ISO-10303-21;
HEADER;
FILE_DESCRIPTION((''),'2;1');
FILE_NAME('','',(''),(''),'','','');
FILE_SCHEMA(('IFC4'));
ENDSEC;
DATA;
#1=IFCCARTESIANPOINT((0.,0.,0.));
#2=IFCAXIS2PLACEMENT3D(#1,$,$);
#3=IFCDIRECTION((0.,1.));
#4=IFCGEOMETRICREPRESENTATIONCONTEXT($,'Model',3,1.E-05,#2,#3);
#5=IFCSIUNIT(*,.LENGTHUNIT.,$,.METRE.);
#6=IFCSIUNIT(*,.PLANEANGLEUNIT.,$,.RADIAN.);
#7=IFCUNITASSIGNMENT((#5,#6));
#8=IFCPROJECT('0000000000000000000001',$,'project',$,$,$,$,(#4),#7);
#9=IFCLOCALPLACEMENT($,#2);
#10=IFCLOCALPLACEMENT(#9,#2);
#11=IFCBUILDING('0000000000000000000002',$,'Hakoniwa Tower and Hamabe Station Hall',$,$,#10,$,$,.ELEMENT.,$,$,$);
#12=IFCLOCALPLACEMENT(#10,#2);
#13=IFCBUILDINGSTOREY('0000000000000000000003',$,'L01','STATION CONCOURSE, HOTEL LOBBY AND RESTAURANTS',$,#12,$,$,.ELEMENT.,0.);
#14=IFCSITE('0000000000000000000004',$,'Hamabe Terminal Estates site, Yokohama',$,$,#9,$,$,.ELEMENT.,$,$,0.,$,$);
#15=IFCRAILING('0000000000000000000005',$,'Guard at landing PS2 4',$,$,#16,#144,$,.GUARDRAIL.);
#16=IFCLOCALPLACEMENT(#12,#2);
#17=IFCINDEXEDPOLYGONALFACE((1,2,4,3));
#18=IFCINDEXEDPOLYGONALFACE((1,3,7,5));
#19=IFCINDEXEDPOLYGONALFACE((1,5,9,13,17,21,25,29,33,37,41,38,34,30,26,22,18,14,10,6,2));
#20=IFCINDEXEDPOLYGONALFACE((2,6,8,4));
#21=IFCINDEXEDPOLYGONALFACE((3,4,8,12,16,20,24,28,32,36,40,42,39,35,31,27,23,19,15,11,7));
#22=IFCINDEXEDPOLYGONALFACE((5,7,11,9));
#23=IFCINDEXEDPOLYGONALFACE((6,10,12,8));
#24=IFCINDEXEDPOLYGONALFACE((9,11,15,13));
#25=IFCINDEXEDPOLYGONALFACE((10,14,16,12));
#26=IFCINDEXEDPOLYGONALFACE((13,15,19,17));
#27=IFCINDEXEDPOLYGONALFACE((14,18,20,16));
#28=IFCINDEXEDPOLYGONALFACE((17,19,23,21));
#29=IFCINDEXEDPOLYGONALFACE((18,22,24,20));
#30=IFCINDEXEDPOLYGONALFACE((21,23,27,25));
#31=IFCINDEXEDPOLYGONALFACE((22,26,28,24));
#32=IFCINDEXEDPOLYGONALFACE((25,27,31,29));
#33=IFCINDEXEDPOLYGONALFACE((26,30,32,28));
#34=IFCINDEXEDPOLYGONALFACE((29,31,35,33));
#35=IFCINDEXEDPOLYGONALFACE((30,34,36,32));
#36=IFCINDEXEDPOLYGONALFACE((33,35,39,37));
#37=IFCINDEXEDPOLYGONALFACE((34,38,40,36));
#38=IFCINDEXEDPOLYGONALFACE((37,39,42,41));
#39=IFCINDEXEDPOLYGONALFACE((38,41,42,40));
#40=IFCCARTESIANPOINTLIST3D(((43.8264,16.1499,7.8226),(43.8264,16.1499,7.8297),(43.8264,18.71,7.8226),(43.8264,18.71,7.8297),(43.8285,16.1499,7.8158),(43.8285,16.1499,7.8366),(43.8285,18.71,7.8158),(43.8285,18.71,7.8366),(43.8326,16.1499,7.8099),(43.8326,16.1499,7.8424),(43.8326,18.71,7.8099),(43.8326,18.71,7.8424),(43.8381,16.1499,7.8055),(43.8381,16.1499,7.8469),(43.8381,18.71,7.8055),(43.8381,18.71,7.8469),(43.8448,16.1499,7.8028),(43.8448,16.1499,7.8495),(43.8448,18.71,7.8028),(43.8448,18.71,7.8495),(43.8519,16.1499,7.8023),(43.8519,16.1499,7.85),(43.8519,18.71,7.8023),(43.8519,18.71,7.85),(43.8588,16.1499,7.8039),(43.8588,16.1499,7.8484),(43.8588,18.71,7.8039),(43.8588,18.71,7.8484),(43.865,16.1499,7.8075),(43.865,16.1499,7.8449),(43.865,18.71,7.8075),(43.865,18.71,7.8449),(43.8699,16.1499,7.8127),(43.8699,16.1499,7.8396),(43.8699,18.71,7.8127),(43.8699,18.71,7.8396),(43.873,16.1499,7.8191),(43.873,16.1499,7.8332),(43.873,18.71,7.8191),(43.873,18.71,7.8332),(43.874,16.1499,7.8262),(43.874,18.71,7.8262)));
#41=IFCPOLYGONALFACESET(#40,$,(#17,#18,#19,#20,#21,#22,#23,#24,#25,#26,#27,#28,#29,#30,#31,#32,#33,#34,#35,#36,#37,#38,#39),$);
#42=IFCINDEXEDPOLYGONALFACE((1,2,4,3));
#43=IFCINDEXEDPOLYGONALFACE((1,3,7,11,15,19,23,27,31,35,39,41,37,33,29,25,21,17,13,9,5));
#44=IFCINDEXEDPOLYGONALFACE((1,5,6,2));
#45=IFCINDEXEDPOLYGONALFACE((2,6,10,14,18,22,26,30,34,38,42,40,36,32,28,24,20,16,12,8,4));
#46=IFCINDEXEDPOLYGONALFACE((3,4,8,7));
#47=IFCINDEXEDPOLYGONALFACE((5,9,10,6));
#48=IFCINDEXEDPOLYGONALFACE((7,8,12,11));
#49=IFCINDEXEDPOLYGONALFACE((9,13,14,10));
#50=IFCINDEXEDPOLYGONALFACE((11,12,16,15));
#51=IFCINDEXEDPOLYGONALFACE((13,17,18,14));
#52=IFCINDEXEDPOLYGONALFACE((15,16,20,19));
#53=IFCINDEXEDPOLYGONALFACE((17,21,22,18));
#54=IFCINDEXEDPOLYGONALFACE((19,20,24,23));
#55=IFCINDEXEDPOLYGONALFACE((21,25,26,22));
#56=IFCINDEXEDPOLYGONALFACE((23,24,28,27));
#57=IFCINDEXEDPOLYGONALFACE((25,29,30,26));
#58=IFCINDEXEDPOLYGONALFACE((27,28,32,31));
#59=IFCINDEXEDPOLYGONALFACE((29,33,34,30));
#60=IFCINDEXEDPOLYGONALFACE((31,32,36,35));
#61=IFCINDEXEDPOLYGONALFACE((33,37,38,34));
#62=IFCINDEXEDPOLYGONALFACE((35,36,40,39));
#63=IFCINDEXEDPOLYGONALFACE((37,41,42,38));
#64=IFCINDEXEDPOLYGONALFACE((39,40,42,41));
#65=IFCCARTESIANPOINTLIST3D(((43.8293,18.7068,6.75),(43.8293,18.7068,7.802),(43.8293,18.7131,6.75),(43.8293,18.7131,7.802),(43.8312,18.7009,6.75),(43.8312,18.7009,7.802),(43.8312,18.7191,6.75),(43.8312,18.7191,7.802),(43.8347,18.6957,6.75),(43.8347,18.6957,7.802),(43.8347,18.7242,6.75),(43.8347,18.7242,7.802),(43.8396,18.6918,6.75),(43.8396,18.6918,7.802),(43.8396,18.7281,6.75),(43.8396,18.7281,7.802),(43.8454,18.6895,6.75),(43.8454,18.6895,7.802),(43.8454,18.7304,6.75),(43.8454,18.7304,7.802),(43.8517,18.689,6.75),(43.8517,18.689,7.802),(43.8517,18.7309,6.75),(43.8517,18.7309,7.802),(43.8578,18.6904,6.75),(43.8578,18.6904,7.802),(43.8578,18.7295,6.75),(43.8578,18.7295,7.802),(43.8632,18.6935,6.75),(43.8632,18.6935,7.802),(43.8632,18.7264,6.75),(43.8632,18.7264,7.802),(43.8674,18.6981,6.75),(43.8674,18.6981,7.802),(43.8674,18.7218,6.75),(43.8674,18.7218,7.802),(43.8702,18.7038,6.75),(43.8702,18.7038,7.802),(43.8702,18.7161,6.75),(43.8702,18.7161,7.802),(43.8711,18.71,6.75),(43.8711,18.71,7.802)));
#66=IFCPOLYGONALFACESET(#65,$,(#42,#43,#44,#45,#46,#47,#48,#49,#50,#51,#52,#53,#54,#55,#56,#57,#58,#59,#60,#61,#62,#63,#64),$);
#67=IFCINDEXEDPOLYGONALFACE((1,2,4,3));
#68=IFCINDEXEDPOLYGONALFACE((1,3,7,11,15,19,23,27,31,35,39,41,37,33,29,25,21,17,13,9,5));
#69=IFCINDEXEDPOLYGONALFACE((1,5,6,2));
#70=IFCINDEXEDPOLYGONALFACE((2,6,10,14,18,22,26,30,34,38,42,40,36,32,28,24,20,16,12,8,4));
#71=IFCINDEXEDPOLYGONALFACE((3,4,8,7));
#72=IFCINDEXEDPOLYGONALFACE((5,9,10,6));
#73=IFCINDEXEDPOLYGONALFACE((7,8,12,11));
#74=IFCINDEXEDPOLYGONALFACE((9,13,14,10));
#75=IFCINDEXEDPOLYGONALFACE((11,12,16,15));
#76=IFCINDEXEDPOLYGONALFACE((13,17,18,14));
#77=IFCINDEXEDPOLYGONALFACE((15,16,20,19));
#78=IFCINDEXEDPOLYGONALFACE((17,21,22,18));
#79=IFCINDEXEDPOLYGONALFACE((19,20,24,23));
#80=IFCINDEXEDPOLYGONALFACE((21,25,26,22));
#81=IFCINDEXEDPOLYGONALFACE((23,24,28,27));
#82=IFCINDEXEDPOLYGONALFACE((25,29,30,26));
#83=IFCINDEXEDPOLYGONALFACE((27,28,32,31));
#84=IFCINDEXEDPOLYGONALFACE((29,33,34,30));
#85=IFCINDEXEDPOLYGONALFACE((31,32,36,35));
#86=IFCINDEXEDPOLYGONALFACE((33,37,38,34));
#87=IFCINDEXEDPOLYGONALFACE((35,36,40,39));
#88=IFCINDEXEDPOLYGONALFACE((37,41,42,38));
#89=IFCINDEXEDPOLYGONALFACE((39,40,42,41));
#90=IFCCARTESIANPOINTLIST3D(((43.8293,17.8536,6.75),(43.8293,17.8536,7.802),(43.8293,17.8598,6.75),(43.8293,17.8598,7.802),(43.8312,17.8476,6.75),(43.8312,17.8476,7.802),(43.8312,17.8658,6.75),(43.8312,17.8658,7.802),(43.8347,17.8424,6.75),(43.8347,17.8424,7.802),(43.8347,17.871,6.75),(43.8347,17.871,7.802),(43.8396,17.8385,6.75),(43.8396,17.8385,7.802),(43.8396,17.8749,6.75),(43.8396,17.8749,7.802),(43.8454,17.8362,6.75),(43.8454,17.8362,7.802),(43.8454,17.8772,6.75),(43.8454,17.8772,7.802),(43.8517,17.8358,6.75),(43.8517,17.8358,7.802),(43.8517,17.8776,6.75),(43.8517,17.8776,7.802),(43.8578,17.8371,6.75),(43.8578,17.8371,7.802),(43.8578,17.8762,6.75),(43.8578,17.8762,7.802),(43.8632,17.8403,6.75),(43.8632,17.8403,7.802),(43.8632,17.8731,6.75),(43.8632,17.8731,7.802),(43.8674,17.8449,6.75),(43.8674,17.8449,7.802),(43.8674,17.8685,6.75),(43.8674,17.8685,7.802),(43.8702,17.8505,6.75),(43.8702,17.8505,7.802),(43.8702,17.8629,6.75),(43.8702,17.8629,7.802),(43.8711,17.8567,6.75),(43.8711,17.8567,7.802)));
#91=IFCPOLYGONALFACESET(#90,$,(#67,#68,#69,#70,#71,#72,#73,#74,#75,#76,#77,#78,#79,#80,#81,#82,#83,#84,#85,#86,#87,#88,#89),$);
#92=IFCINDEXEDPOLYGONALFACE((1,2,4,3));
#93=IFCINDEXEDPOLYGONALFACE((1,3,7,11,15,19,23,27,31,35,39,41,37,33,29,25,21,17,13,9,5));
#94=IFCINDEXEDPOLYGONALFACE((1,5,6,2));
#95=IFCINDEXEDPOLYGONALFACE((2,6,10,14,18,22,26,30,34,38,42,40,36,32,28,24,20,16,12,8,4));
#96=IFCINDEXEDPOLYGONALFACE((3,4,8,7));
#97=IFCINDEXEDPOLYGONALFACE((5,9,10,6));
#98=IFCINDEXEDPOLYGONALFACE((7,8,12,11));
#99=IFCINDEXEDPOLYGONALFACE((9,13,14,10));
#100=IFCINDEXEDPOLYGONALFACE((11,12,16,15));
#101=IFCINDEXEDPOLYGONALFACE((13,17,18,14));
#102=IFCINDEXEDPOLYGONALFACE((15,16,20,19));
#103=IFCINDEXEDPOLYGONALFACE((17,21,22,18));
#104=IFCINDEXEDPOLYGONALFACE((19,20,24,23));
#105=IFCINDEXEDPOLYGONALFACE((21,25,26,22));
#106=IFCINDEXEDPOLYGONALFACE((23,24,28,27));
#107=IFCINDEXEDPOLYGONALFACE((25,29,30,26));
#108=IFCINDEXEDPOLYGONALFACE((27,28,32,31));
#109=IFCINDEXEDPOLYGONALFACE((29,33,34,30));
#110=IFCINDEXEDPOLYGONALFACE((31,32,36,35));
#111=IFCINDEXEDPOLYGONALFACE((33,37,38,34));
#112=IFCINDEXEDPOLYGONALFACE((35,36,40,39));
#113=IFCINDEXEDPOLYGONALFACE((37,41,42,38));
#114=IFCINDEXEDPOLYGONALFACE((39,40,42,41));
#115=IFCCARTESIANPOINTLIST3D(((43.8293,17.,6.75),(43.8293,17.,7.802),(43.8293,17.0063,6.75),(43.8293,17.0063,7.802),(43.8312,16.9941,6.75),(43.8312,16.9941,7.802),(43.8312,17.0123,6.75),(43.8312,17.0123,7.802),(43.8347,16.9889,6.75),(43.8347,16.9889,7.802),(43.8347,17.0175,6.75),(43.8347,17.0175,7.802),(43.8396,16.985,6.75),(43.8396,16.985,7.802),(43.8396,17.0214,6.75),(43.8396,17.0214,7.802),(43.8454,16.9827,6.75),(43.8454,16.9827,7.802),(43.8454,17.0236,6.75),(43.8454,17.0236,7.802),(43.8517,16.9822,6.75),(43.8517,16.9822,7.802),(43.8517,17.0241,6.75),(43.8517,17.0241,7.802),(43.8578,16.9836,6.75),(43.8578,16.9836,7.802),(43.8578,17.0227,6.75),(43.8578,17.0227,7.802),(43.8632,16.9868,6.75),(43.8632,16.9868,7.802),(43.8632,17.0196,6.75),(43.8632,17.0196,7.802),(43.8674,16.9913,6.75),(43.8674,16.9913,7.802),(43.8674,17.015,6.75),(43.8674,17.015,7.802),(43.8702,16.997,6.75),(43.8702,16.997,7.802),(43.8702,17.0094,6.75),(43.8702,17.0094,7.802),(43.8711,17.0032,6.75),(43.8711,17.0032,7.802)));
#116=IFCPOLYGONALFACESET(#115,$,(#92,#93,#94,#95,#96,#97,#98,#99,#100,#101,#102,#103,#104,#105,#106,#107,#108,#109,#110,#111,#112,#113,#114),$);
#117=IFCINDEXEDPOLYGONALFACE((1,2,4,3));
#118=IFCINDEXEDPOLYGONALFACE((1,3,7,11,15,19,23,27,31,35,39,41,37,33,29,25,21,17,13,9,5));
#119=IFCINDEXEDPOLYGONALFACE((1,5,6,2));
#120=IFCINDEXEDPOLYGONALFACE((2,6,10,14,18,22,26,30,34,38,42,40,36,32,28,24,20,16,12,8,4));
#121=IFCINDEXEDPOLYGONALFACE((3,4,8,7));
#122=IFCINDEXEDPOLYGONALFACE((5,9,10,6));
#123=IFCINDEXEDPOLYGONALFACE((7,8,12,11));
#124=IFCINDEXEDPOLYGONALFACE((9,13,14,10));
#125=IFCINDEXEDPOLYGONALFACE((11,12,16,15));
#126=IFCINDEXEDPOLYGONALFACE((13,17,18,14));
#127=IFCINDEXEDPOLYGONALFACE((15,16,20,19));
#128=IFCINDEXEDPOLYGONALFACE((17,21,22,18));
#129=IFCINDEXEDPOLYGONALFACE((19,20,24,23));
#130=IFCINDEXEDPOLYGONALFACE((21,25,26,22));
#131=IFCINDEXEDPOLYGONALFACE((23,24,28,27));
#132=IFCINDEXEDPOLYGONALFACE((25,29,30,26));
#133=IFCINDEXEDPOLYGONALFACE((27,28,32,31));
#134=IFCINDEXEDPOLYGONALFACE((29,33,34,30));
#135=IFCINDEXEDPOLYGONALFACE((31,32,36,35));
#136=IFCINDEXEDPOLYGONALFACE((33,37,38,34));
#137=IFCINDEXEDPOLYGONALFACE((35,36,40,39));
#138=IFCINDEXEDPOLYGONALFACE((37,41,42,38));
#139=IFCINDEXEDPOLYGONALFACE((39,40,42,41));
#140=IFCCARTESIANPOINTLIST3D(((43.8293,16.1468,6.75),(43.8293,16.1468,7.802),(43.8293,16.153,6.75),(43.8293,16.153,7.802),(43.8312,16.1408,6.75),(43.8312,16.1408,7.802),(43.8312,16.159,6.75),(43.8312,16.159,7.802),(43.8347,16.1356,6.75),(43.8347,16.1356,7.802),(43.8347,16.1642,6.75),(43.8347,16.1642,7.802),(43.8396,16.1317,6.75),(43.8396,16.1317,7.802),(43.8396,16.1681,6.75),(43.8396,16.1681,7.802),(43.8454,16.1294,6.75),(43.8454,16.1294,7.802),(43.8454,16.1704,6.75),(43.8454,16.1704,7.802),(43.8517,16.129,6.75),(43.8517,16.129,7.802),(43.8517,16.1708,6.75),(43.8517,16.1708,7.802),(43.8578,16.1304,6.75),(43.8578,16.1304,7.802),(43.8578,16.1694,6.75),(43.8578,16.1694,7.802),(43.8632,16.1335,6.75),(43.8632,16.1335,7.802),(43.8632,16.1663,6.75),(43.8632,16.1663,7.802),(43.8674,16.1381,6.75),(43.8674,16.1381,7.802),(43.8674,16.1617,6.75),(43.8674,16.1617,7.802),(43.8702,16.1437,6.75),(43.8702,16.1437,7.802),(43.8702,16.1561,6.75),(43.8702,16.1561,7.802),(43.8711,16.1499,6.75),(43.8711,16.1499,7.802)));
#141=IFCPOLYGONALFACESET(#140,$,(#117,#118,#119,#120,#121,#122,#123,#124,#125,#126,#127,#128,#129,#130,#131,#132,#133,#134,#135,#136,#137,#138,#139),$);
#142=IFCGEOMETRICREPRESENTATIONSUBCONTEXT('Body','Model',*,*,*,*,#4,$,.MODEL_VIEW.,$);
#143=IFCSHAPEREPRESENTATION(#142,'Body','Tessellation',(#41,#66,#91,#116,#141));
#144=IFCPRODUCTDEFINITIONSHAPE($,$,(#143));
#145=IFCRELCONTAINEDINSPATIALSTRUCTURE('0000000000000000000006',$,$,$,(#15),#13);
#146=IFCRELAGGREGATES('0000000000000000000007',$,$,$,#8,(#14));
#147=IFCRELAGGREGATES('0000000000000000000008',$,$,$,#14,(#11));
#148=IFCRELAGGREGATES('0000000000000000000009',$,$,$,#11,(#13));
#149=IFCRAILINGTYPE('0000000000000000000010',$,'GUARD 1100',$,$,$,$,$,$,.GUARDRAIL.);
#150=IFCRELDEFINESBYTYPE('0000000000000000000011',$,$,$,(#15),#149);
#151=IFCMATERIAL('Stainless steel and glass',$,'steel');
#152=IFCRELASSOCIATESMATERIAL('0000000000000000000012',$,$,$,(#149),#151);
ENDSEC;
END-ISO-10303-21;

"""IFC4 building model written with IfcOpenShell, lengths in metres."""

from ifc_helpers import new_model, si_unit, direction, frame, origin, origin_2d, place, context, subcontext, project, spatial, circle, extrude, material, type_object, element, save


model = new_model("IFC4")

# Units and contexts
model_context = context("Model", 3, precision=1e-05, world=origin(), true_north=direction((0.0, 1.0)))
body_context = subcontext(model_context, "Body", "Model", "MODEL_VIEW")
ifc_project = project(units=[si_unit("LENGTHUNIT", "METRE"), si_unit("PLANEANGLEUNIT", "RADIAN")], contexts=[model_context])

# Site, building, storey
site_placement = place(None, origin())
site = spatial("IfcSite", under=ifc_project, at=site_placement, Name="Hamabe Terminal Estates site, Yokohama", CompositionType="ELEMENT", RefElevation=0.0)
building_placement = place(site_placement, origin())
building = spatial("IfcBuilding", under=site, at=building_placement, Name="Hakoniwa Tower and Hamabe Station Hall", CompositionType="ELEMENT")
storey_placement = place(building_placement, origin())
storey = spatial("IfcBuildingStorey", under=building, at=storey_placement, Name="L01", Description="STATION CONCOURSE, HOTEL LOBBY AND RESTAURANTS", CompositionType="ELEMENT", Elevation=0.0)

# Railing
ifc_material_1 = material(Name="Stainless steel and glass", Category="steel")
railing_type_1 = type_object("IfcRailingType", Name="GUARD 1100", PredefinedType="GUARDRAIL", material=ifc_material_1)
railing_1_placement = place(storey_placement, frame((43.8501, 18.71, 6.75)))
element("IfcRailing", 1, at=railing_1_placement, inside=storey, type_object=railing_type_1, Name="Guard at landing PS2 4", PredefinedType="GUARDRAIL", context=body_context, shape_type="SweptSolid", body=[
    extrude(circle(Radius=0.0239, at=origin_2d()), frame((0.0, 0.0, 1.0762), z_axis=(0.0, -1.0, 0.0), x_axis=(1.0, 0.0, 0.0)), (0.0, 0.0, 1.0), 2.5601),
    extrude(circle(Radius=0.021, at=origin_2d()), origin(), (0.0, 0.0, 1.0), 1.052),
    extrude(circle(Radius=0.021, at=origin_2d()), frame((0.0, -0.8533, 0.0)), (0.0, 0.0, 1.0), 1.052),
    extrude(circle(Radius=0.021, at=origin_2d()), frame((0.0, -1.7068, 0.0)), (0.0, 0.0, 1.0), 1.052),
    extrude(circle(Radius=0.021, at=origin_2d()), frame((0.0, -2.5601, 0.0)), (0.0, 0.0, 1.0), 1.052),
])

save(model, "model.ifc")
